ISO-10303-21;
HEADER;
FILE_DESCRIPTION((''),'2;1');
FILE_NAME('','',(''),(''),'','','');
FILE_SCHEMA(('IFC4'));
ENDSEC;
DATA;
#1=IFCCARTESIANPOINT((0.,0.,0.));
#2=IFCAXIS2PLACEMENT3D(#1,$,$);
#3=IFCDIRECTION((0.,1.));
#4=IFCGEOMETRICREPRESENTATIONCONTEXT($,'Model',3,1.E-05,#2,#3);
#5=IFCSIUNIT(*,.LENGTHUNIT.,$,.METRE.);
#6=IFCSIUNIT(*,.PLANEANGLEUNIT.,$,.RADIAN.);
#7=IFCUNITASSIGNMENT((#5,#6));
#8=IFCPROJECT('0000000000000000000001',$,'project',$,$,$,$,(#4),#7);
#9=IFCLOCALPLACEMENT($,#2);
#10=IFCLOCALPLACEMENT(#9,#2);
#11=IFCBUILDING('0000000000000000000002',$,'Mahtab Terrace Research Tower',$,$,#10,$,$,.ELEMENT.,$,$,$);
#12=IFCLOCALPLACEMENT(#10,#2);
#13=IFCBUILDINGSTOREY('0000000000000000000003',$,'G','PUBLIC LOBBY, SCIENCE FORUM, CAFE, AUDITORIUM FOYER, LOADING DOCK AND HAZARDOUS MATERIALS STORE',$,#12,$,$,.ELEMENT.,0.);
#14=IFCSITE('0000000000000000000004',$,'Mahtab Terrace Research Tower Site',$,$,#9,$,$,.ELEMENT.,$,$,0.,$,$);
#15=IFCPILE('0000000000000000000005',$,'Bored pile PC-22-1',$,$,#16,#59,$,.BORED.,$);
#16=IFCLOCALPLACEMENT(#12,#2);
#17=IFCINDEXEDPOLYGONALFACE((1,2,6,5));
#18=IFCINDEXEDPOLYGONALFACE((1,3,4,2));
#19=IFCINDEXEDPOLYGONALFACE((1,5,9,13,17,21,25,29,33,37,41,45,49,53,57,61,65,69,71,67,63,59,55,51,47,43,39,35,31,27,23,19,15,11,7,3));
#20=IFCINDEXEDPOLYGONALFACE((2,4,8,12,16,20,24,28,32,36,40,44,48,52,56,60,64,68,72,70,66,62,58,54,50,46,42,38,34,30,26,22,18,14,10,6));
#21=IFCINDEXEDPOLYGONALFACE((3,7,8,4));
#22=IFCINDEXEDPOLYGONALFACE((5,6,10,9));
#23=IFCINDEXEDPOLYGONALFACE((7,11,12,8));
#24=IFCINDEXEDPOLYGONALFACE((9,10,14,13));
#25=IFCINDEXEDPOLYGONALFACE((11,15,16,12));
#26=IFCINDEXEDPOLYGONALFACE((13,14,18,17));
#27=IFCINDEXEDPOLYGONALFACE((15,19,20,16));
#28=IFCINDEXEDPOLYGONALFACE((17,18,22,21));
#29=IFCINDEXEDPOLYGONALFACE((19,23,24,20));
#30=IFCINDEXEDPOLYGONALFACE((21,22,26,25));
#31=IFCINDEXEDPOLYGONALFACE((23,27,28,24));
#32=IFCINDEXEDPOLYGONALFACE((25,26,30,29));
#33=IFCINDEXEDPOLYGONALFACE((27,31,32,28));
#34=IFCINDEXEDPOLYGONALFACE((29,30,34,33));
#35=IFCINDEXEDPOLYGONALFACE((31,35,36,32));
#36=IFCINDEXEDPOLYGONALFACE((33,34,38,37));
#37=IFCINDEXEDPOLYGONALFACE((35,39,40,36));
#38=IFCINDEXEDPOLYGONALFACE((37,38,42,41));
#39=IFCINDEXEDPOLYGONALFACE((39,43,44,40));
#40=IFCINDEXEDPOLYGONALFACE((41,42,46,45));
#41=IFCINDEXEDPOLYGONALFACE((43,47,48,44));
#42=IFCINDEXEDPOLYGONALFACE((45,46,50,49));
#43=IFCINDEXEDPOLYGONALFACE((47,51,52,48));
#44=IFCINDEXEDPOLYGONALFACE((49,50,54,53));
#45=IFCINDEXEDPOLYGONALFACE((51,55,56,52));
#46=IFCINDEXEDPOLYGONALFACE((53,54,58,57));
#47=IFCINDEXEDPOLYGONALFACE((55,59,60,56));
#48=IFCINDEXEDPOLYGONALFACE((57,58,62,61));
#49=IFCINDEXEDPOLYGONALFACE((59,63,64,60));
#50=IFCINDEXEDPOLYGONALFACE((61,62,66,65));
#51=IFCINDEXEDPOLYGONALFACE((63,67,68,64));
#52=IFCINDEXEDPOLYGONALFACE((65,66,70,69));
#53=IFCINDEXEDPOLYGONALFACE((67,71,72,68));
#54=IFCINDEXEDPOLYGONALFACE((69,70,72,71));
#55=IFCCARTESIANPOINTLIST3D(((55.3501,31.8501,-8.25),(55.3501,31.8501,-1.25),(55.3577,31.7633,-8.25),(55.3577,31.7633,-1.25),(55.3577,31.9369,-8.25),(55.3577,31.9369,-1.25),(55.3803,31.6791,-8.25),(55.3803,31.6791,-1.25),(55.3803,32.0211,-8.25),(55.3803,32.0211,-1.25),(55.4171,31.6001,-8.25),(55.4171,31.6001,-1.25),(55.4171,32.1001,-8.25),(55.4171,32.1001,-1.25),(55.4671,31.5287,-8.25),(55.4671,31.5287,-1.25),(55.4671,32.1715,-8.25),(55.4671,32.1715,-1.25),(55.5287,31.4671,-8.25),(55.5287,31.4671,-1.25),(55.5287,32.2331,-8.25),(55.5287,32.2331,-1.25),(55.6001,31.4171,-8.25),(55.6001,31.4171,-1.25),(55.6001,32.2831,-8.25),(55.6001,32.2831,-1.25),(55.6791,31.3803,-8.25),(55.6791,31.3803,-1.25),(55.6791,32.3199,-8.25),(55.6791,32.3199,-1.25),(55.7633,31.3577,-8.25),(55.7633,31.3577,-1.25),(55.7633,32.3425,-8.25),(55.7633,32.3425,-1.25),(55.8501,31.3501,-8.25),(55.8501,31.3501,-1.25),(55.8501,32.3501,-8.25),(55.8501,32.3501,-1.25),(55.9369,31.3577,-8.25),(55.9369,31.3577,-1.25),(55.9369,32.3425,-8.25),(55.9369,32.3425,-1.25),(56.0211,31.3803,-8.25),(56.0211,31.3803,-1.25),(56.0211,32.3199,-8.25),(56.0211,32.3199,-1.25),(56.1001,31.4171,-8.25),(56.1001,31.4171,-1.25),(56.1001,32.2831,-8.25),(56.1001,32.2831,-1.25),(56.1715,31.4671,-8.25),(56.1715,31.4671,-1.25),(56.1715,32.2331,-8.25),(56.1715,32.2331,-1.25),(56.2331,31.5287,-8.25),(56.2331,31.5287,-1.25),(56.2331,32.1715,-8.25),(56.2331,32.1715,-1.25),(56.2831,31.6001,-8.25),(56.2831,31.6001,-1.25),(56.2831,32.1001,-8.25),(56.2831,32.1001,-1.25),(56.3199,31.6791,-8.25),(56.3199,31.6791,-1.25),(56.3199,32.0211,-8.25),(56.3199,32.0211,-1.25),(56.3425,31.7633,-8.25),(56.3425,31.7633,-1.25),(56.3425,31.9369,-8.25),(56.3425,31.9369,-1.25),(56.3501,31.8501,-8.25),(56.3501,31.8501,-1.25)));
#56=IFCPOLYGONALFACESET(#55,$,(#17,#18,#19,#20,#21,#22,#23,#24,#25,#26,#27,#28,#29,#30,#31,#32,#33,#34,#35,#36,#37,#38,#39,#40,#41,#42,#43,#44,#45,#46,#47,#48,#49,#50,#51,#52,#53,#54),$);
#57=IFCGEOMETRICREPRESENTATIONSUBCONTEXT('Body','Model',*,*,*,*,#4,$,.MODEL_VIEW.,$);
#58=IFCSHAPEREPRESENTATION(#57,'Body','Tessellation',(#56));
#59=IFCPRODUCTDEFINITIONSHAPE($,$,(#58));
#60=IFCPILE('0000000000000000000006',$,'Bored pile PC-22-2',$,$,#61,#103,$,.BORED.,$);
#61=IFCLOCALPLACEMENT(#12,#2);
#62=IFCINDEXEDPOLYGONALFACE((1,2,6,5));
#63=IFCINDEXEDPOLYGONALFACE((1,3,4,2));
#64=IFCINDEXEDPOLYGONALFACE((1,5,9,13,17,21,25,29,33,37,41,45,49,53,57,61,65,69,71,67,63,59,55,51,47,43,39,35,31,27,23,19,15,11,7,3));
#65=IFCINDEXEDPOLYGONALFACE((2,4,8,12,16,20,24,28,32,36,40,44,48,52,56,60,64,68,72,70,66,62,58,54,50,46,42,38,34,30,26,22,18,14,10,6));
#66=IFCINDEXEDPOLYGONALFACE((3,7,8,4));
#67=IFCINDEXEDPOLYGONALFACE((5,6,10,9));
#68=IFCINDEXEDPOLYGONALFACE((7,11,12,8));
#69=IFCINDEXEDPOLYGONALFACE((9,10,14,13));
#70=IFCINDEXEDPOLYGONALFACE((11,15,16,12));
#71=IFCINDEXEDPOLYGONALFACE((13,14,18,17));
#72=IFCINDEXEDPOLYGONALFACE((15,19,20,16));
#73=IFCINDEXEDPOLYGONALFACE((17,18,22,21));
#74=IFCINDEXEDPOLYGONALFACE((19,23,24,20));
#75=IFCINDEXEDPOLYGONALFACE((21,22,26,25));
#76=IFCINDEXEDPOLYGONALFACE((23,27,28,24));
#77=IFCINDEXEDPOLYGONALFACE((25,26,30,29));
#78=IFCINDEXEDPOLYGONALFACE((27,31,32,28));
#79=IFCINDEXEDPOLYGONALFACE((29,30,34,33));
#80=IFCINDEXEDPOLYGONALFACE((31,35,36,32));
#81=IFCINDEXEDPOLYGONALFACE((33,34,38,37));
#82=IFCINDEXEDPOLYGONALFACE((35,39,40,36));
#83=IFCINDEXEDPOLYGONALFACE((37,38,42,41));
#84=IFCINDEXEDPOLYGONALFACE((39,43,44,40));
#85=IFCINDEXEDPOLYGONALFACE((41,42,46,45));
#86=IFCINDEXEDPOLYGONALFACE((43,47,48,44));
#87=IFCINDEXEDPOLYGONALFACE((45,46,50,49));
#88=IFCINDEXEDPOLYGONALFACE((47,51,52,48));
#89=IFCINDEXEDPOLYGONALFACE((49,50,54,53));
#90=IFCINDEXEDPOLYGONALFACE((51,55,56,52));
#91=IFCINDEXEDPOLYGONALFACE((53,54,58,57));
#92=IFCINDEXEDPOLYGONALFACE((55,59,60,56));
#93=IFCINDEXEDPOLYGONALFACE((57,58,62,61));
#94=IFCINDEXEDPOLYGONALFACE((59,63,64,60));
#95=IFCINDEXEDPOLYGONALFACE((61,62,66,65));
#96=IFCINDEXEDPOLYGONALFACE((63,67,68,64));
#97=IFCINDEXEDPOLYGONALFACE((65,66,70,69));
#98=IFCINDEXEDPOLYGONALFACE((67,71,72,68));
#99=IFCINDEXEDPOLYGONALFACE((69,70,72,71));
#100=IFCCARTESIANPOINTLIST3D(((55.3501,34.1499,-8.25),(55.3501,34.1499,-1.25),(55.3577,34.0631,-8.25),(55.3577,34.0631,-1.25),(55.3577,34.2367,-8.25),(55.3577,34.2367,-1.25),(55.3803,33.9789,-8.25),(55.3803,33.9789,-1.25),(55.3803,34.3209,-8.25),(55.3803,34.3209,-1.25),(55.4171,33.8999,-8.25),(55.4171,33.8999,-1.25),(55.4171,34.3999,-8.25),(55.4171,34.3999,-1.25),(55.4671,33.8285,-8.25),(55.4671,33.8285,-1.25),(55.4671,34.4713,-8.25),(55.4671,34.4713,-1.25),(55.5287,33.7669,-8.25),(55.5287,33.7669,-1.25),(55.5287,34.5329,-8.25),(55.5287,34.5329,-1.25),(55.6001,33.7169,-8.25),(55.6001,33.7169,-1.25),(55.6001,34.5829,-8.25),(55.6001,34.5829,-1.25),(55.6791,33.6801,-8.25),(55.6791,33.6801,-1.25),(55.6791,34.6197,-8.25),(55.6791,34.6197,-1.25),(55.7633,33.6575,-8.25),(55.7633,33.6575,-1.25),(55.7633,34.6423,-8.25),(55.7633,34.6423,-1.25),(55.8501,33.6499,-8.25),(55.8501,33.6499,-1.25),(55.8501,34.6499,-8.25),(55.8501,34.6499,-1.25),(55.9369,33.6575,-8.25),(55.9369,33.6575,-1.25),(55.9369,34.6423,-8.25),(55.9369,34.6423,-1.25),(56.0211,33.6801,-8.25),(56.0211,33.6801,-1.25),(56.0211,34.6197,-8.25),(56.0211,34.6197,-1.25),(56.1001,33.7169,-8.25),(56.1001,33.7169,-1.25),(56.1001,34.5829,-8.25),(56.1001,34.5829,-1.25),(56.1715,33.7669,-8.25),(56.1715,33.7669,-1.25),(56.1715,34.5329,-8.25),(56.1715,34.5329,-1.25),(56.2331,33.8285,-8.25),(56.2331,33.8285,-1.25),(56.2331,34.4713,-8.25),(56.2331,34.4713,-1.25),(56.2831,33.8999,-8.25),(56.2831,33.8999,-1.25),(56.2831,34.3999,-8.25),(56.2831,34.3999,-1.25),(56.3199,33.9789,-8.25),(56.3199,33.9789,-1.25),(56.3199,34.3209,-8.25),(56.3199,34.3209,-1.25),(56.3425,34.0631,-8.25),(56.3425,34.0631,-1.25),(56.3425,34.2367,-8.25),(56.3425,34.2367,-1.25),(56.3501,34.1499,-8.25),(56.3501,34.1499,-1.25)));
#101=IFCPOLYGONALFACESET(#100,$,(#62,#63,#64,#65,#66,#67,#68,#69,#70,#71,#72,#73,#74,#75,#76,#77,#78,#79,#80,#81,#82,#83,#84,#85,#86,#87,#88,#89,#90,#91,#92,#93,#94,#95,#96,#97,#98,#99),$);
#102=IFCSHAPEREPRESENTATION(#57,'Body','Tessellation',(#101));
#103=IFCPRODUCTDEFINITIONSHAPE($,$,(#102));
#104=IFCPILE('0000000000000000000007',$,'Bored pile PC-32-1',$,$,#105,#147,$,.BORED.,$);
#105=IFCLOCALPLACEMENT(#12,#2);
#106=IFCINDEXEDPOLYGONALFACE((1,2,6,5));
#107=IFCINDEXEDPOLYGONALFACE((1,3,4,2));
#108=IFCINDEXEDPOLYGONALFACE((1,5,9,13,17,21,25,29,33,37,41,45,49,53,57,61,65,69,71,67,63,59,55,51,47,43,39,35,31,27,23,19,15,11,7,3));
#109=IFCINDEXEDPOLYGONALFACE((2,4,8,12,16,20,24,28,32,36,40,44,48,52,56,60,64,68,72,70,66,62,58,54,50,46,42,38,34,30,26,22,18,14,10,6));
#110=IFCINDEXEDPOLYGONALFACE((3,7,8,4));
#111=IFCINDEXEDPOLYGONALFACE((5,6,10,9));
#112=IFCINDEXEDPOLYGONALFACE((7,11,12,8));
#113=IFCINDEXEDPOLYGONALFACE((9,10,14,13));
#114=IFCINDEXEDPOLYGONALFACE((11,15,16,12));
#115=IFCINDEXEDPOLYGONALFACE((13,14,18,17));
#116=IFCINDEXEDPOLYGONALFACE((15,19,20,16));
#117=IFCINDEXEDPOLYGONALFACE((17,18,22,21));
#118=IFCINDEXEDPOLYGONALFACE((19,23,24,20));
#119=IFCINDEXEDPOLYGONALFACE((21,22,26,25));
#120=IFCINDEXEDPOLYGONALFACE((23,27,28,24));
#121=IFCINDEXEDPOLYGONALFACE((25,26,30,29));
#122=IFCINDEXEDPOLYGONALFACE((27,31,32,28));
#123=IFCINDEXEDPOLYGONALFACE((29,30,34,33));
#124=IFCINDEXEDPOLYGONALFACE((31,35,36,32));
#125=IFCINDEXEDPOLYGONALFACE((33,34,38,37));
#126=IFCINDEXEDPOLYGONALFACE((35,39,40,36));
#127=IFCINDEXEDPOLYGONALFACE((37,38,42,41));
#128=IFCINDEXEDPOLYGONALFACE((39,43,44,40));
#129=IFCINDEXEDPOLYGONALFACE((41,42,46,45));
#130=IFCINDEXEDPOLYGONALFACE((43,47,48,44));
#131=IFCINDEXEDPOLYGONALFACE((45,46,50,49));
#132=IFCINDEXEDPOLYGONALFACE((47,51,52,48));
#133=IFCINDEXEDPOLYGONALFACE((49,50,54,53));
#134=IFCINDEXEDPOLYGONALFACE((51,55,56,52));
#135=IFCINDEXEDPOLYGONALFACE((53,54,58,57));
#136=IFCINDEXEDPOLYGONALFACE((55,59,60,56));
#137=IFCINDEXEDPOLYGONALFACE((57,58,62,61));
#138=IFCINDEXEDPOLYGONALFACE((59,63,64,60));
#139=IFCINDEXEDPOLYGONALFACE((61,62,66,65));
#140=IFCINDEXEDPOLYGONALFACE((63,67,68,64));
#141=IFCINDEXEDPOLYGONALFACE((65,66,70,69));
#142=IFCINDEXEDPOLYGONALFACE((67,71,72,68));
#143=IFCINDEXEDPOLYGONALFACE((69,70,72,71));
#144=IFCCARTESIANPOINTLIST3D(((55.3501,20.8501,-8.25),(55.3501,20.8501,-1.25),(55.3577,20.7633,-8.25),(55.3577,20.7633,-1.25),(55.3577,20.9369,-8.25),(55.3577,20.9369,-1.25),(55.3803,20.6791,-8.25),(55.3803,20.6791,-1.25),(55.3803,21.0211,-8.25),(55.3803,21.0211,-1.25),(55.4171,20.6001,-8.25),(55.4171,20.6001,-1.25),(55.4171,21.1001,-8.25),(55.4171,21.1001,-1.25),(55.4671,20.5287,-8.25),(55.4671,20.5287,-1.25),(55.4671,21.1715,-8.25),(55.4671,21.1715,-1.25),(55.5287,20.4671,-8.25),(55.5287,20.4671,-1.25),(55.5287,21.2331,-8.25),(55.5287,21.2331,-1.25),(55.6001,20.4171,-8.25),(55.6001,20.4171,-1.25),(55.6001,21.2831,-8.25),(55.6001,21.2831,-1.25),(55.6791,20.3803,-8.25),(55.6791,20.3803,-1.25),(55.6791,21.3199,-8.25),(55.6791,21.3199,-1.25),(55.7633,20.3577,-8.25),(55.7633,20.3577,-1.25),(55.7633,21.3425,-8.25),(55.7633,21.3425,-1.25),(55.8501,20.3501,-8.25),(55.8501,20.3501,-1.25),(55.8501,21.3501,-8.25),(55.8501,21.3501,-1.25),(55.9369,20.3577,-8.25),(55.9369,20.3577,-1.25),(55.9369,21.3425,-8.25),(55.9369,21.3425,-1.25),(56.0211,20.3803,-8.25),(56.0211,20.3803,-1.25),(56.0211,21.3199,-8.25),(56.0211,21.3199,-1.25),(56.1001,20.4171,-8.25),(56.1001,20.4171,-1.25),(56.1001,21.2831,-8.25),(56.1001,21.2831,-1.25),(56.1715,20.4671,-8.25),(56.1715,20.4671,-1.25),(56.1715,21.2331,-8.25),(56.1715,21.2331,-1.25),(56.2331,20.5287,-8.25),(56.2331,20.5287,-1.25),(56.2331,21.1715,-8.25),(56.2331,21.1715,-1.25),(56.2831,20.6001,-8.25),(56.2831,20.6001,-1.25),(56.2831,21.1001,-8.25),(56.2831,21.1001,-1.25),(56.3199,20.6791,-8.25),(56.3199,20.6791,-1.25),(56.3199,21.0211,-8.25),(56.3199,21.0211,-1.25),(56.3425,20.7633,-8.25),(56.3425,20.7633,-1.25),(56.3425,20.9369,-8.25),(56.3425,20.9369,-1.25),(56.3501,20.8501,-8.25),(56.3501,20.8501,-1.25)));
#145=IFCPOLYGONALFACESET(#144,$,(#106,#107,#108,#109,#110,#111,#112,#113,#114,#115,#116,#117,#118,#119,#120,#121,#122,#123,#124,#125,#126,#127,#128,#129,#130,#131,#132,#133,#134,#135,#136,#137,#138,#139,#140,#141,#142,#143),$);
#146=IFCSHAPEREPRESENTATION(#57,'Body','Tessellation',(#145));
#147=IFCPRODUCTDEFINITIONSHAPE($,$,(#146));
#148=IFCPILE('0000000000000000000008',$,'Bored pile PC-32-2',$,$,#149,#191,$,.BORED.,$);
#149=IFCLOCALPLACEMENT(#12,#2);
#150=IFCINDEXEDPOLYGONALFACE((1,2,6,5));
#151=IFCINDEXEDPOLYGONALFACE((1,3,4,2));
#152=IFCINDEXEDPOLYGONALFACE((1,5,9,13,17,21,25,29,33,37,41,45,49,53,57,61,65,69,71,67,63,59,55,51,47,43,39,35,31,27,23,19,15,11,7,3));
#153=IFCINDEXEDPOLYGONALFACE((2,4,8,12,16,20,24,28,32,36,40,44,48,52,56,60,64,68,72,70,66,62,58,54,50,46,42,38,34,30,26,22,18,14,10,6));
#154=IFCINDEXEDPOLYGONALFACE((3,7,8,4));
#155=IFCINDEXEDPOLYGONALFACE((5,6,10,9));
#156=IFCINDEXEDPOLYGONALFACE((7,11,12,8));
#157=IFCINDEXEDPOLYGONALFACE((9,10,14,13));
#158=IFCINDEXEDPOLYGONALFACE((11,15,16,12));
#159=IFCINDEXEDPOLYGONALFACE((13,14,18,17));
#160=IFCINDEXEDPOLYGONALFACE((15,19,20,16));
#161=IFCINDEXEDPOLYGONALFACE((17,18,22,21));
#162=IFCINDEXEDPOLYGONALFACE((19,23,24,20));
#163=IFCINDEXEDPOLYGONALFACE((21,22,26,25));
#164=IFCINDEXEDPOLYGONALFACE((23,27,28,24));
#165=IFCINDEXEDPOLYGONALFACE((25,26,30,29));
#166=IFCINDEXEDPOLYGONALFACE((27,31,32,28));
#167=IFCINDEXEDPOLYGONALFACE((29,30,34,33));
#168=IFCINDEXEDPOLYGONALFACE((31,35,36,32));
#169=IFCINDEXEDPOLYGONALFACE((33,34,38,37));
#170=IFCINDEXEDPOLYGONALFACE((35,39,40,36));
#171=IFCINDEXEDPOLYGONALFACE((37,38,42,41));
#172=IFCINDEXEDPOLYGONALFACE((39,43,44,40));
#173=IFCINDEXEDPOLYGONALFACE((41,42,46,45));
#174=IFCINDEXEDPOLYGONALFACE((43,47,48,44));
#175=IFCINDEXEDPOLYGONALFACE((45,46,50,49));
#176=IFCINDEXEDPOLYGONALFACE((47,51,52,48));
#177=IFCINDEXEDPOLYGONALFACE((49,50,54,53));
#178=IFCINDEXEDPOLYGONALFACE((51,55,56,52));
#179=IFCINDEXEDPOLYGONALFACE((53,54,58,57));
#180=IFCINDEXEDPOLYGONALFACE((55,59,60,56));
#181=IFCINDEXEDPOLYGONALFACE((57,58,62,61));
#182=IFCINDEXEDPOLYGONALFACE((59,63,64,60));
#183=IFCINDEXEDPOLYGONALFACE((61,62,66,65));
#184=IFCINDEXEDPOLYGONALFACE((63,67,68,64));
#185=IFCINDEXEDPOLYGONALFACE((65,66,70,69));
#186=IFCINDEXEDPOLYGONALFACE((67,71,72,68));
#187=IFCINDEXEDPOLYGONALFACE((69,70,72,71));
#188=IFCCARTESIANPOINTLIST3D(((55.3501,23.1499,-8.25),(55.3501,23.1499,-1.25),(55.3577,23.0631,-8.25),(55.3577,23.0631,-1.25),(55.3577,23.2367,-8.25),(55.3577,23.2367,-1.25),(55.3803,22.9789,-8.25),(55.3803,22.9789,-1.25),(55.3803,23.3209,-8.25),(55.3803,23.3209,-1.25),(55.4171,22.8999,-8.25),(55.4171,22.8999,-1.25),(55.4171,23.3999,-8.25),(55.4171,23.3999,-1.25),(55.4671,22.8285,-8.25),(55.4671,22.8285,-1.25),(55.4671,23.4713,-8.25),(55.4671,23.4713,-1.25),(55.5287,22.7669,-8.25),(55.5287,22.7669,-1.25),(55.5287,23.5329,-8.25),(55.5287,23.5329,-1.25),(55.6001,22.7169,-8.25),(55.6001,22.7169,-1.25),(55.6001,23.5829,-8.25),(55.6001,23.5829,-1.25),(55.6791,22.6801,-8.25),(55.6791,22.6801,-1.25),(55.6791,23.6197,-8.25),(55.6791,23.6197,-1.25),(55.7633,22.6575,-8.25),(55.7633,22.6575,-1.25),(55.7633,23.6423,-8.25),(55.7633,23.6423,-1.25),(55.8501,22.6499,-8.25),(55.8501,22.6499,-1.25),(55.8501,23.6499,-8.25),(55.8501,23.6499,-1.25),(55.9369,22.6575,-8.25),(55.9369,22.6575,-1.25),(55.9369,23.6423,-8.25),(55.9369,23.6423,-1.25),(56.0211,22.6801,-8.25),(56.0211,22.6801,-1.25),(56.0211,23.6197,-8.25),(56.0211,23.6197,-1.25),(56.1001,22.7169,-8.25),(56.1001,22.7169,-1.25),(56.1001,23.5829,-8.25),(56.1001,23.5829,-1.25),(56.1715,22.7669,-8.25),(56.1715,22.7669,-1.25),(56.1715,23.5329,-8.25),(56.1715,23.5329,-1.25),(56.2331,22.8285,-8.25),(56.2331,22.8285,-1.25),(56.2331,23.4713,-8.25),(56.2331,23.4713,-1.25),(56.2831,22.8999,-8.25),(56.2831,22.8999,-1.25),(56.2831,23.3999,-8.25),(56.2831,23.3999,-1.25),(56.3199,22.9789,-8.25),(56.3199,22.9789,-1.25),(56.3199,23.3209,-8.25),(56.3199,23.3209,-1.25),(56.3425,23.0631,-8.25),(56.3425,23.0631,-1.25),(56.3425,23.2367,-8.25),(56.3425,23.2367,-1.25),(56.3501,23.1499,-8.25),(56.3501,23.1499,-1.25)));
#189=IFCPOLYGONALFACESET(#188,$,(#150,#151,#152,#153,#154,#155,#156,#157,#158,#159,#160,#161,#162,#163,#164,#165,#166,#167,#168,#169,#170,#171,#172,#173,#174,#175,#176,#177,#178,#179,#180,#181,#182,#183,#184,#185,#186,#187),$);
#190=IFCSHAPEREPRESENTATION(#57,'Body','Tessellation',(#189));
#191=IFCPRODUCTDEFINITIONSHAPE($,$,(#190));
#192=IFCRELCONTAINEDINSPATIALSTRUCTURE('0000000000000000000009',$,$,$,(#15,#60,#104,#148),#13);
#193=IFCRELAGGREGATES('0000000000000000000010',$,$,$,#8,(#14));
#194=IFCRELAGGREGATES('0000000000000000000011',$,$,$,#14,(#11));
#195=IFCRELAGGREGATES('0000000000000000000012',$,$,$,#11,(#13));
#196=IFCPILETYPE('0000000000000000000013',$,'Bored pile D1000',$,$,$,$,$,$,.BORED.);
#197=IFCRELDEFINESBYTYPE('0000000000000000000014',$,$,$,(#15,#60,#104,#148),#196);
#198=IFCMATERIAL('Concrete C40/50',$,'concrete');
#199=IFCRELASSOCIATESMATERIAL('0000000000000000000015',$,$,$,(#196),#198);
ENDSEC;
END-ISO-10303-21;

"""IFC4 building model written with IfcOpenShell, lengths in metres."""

from ifc_helpers import new_model, si_unit, direction, frame, origin, origin_2d, place, context, subcontext, project, spatial, circle, extrude, material, material_profile, profile_set, type_object, element, save


model = new_model("IFC4")

# Units and contexts
model_context = context("Model", 3, precision=1e-05, world=origin(), true_north=direction((0.0, 1.0)))
body_context = subcontext(model_context, "Body", "Model", "MODEL_VIEW")
ifc_project = project(units=[si_unit("LENGTHUNIT", "METRE"), si_unit("PLANEANGLEUNIT", "RADIAN")], contexts=[model_context])

# Site, building, storey
site_placement = place(None, origin())
site = spatial("IfcSite", under=ifc_project, at=site_placement, Name="Mahtab Terrace Research Tower Site", CompositionType="ELEMENT", RefElevation=0.0)
building_placement = place(site_placement, origin())
building = spatial("IfcBuilding", under=site, at=building_placement, Name="Mahtab Terrace Research Tower", CompositionType="ELEMENT")
storey_placement = place(building_placement, origin())
storey = spatial("IfcBuildingStorey", under=building, at=storey_placement, Name="G", Description="PUBLIC LOBBY, SCIENCE FORUM, CAFE, AUDITORIUM FOYER, LOADING DOCK AND HAZARDOUS MATERIALS STORE", CompositionType="ELEMENT", Elevation=0.0)

# Piles
ifc_material_1 = material(Name="Concrete C40/50", Category="concrete")
ifc_material_profile_1 = material_profile(ifc_material_1, circle(Radius=0.5, at=origin_2d()), Name="Bored pile D1000")
ifc_profile_set_1 = profile_set([ifc_material_profile_1], Name="Concrete C40/50")
pile_type_1 = type_object("IfcPileType", Name="Bored pile D1000", PredefinedType="BORED", material=ifc_profile_set_1)
for number, where, z_axis, x_axis, name in (
    (1, (55.8501, 31.8501, -1.25), (0.0, 0.0, -1.0), (1.0, 0.0, 0.0), "Bored pile PC-22-1"),
    (2, (55.8501, 34.1499, -1.25), (0.0, 0.0, -1.0), (1.0, 0.0, 0.0), "Bored pile PC-22-2"),
    (3, (55.8501, 20.8501, -1.25), (0.0, 0.0, -1.0), (1.0, 0.0, 0.0), "Bored pile PC-32-1"),
    (4, (55.8501, 23.1499, -1.25), (0.0, 0.0, -1.0), (1.0, 0.0, 0.0), "Bored pile PC-32-2"),
):
    element("IfcPile", number, at=place(storey_placement, frame(where, z_axis=z_axis, x_axis=x_axis)), inside=storey, type_object=pile_type_1, Name=name, PredefinedType="BORED", context=body_context, shape_type="SweptSolid", body=[
        extrude(circle(Radius=0.5, at=origin_2d()), origin(), (0.0, 0.0, 1.0), 7.0),
    ])

save(model, "model.ifc")
